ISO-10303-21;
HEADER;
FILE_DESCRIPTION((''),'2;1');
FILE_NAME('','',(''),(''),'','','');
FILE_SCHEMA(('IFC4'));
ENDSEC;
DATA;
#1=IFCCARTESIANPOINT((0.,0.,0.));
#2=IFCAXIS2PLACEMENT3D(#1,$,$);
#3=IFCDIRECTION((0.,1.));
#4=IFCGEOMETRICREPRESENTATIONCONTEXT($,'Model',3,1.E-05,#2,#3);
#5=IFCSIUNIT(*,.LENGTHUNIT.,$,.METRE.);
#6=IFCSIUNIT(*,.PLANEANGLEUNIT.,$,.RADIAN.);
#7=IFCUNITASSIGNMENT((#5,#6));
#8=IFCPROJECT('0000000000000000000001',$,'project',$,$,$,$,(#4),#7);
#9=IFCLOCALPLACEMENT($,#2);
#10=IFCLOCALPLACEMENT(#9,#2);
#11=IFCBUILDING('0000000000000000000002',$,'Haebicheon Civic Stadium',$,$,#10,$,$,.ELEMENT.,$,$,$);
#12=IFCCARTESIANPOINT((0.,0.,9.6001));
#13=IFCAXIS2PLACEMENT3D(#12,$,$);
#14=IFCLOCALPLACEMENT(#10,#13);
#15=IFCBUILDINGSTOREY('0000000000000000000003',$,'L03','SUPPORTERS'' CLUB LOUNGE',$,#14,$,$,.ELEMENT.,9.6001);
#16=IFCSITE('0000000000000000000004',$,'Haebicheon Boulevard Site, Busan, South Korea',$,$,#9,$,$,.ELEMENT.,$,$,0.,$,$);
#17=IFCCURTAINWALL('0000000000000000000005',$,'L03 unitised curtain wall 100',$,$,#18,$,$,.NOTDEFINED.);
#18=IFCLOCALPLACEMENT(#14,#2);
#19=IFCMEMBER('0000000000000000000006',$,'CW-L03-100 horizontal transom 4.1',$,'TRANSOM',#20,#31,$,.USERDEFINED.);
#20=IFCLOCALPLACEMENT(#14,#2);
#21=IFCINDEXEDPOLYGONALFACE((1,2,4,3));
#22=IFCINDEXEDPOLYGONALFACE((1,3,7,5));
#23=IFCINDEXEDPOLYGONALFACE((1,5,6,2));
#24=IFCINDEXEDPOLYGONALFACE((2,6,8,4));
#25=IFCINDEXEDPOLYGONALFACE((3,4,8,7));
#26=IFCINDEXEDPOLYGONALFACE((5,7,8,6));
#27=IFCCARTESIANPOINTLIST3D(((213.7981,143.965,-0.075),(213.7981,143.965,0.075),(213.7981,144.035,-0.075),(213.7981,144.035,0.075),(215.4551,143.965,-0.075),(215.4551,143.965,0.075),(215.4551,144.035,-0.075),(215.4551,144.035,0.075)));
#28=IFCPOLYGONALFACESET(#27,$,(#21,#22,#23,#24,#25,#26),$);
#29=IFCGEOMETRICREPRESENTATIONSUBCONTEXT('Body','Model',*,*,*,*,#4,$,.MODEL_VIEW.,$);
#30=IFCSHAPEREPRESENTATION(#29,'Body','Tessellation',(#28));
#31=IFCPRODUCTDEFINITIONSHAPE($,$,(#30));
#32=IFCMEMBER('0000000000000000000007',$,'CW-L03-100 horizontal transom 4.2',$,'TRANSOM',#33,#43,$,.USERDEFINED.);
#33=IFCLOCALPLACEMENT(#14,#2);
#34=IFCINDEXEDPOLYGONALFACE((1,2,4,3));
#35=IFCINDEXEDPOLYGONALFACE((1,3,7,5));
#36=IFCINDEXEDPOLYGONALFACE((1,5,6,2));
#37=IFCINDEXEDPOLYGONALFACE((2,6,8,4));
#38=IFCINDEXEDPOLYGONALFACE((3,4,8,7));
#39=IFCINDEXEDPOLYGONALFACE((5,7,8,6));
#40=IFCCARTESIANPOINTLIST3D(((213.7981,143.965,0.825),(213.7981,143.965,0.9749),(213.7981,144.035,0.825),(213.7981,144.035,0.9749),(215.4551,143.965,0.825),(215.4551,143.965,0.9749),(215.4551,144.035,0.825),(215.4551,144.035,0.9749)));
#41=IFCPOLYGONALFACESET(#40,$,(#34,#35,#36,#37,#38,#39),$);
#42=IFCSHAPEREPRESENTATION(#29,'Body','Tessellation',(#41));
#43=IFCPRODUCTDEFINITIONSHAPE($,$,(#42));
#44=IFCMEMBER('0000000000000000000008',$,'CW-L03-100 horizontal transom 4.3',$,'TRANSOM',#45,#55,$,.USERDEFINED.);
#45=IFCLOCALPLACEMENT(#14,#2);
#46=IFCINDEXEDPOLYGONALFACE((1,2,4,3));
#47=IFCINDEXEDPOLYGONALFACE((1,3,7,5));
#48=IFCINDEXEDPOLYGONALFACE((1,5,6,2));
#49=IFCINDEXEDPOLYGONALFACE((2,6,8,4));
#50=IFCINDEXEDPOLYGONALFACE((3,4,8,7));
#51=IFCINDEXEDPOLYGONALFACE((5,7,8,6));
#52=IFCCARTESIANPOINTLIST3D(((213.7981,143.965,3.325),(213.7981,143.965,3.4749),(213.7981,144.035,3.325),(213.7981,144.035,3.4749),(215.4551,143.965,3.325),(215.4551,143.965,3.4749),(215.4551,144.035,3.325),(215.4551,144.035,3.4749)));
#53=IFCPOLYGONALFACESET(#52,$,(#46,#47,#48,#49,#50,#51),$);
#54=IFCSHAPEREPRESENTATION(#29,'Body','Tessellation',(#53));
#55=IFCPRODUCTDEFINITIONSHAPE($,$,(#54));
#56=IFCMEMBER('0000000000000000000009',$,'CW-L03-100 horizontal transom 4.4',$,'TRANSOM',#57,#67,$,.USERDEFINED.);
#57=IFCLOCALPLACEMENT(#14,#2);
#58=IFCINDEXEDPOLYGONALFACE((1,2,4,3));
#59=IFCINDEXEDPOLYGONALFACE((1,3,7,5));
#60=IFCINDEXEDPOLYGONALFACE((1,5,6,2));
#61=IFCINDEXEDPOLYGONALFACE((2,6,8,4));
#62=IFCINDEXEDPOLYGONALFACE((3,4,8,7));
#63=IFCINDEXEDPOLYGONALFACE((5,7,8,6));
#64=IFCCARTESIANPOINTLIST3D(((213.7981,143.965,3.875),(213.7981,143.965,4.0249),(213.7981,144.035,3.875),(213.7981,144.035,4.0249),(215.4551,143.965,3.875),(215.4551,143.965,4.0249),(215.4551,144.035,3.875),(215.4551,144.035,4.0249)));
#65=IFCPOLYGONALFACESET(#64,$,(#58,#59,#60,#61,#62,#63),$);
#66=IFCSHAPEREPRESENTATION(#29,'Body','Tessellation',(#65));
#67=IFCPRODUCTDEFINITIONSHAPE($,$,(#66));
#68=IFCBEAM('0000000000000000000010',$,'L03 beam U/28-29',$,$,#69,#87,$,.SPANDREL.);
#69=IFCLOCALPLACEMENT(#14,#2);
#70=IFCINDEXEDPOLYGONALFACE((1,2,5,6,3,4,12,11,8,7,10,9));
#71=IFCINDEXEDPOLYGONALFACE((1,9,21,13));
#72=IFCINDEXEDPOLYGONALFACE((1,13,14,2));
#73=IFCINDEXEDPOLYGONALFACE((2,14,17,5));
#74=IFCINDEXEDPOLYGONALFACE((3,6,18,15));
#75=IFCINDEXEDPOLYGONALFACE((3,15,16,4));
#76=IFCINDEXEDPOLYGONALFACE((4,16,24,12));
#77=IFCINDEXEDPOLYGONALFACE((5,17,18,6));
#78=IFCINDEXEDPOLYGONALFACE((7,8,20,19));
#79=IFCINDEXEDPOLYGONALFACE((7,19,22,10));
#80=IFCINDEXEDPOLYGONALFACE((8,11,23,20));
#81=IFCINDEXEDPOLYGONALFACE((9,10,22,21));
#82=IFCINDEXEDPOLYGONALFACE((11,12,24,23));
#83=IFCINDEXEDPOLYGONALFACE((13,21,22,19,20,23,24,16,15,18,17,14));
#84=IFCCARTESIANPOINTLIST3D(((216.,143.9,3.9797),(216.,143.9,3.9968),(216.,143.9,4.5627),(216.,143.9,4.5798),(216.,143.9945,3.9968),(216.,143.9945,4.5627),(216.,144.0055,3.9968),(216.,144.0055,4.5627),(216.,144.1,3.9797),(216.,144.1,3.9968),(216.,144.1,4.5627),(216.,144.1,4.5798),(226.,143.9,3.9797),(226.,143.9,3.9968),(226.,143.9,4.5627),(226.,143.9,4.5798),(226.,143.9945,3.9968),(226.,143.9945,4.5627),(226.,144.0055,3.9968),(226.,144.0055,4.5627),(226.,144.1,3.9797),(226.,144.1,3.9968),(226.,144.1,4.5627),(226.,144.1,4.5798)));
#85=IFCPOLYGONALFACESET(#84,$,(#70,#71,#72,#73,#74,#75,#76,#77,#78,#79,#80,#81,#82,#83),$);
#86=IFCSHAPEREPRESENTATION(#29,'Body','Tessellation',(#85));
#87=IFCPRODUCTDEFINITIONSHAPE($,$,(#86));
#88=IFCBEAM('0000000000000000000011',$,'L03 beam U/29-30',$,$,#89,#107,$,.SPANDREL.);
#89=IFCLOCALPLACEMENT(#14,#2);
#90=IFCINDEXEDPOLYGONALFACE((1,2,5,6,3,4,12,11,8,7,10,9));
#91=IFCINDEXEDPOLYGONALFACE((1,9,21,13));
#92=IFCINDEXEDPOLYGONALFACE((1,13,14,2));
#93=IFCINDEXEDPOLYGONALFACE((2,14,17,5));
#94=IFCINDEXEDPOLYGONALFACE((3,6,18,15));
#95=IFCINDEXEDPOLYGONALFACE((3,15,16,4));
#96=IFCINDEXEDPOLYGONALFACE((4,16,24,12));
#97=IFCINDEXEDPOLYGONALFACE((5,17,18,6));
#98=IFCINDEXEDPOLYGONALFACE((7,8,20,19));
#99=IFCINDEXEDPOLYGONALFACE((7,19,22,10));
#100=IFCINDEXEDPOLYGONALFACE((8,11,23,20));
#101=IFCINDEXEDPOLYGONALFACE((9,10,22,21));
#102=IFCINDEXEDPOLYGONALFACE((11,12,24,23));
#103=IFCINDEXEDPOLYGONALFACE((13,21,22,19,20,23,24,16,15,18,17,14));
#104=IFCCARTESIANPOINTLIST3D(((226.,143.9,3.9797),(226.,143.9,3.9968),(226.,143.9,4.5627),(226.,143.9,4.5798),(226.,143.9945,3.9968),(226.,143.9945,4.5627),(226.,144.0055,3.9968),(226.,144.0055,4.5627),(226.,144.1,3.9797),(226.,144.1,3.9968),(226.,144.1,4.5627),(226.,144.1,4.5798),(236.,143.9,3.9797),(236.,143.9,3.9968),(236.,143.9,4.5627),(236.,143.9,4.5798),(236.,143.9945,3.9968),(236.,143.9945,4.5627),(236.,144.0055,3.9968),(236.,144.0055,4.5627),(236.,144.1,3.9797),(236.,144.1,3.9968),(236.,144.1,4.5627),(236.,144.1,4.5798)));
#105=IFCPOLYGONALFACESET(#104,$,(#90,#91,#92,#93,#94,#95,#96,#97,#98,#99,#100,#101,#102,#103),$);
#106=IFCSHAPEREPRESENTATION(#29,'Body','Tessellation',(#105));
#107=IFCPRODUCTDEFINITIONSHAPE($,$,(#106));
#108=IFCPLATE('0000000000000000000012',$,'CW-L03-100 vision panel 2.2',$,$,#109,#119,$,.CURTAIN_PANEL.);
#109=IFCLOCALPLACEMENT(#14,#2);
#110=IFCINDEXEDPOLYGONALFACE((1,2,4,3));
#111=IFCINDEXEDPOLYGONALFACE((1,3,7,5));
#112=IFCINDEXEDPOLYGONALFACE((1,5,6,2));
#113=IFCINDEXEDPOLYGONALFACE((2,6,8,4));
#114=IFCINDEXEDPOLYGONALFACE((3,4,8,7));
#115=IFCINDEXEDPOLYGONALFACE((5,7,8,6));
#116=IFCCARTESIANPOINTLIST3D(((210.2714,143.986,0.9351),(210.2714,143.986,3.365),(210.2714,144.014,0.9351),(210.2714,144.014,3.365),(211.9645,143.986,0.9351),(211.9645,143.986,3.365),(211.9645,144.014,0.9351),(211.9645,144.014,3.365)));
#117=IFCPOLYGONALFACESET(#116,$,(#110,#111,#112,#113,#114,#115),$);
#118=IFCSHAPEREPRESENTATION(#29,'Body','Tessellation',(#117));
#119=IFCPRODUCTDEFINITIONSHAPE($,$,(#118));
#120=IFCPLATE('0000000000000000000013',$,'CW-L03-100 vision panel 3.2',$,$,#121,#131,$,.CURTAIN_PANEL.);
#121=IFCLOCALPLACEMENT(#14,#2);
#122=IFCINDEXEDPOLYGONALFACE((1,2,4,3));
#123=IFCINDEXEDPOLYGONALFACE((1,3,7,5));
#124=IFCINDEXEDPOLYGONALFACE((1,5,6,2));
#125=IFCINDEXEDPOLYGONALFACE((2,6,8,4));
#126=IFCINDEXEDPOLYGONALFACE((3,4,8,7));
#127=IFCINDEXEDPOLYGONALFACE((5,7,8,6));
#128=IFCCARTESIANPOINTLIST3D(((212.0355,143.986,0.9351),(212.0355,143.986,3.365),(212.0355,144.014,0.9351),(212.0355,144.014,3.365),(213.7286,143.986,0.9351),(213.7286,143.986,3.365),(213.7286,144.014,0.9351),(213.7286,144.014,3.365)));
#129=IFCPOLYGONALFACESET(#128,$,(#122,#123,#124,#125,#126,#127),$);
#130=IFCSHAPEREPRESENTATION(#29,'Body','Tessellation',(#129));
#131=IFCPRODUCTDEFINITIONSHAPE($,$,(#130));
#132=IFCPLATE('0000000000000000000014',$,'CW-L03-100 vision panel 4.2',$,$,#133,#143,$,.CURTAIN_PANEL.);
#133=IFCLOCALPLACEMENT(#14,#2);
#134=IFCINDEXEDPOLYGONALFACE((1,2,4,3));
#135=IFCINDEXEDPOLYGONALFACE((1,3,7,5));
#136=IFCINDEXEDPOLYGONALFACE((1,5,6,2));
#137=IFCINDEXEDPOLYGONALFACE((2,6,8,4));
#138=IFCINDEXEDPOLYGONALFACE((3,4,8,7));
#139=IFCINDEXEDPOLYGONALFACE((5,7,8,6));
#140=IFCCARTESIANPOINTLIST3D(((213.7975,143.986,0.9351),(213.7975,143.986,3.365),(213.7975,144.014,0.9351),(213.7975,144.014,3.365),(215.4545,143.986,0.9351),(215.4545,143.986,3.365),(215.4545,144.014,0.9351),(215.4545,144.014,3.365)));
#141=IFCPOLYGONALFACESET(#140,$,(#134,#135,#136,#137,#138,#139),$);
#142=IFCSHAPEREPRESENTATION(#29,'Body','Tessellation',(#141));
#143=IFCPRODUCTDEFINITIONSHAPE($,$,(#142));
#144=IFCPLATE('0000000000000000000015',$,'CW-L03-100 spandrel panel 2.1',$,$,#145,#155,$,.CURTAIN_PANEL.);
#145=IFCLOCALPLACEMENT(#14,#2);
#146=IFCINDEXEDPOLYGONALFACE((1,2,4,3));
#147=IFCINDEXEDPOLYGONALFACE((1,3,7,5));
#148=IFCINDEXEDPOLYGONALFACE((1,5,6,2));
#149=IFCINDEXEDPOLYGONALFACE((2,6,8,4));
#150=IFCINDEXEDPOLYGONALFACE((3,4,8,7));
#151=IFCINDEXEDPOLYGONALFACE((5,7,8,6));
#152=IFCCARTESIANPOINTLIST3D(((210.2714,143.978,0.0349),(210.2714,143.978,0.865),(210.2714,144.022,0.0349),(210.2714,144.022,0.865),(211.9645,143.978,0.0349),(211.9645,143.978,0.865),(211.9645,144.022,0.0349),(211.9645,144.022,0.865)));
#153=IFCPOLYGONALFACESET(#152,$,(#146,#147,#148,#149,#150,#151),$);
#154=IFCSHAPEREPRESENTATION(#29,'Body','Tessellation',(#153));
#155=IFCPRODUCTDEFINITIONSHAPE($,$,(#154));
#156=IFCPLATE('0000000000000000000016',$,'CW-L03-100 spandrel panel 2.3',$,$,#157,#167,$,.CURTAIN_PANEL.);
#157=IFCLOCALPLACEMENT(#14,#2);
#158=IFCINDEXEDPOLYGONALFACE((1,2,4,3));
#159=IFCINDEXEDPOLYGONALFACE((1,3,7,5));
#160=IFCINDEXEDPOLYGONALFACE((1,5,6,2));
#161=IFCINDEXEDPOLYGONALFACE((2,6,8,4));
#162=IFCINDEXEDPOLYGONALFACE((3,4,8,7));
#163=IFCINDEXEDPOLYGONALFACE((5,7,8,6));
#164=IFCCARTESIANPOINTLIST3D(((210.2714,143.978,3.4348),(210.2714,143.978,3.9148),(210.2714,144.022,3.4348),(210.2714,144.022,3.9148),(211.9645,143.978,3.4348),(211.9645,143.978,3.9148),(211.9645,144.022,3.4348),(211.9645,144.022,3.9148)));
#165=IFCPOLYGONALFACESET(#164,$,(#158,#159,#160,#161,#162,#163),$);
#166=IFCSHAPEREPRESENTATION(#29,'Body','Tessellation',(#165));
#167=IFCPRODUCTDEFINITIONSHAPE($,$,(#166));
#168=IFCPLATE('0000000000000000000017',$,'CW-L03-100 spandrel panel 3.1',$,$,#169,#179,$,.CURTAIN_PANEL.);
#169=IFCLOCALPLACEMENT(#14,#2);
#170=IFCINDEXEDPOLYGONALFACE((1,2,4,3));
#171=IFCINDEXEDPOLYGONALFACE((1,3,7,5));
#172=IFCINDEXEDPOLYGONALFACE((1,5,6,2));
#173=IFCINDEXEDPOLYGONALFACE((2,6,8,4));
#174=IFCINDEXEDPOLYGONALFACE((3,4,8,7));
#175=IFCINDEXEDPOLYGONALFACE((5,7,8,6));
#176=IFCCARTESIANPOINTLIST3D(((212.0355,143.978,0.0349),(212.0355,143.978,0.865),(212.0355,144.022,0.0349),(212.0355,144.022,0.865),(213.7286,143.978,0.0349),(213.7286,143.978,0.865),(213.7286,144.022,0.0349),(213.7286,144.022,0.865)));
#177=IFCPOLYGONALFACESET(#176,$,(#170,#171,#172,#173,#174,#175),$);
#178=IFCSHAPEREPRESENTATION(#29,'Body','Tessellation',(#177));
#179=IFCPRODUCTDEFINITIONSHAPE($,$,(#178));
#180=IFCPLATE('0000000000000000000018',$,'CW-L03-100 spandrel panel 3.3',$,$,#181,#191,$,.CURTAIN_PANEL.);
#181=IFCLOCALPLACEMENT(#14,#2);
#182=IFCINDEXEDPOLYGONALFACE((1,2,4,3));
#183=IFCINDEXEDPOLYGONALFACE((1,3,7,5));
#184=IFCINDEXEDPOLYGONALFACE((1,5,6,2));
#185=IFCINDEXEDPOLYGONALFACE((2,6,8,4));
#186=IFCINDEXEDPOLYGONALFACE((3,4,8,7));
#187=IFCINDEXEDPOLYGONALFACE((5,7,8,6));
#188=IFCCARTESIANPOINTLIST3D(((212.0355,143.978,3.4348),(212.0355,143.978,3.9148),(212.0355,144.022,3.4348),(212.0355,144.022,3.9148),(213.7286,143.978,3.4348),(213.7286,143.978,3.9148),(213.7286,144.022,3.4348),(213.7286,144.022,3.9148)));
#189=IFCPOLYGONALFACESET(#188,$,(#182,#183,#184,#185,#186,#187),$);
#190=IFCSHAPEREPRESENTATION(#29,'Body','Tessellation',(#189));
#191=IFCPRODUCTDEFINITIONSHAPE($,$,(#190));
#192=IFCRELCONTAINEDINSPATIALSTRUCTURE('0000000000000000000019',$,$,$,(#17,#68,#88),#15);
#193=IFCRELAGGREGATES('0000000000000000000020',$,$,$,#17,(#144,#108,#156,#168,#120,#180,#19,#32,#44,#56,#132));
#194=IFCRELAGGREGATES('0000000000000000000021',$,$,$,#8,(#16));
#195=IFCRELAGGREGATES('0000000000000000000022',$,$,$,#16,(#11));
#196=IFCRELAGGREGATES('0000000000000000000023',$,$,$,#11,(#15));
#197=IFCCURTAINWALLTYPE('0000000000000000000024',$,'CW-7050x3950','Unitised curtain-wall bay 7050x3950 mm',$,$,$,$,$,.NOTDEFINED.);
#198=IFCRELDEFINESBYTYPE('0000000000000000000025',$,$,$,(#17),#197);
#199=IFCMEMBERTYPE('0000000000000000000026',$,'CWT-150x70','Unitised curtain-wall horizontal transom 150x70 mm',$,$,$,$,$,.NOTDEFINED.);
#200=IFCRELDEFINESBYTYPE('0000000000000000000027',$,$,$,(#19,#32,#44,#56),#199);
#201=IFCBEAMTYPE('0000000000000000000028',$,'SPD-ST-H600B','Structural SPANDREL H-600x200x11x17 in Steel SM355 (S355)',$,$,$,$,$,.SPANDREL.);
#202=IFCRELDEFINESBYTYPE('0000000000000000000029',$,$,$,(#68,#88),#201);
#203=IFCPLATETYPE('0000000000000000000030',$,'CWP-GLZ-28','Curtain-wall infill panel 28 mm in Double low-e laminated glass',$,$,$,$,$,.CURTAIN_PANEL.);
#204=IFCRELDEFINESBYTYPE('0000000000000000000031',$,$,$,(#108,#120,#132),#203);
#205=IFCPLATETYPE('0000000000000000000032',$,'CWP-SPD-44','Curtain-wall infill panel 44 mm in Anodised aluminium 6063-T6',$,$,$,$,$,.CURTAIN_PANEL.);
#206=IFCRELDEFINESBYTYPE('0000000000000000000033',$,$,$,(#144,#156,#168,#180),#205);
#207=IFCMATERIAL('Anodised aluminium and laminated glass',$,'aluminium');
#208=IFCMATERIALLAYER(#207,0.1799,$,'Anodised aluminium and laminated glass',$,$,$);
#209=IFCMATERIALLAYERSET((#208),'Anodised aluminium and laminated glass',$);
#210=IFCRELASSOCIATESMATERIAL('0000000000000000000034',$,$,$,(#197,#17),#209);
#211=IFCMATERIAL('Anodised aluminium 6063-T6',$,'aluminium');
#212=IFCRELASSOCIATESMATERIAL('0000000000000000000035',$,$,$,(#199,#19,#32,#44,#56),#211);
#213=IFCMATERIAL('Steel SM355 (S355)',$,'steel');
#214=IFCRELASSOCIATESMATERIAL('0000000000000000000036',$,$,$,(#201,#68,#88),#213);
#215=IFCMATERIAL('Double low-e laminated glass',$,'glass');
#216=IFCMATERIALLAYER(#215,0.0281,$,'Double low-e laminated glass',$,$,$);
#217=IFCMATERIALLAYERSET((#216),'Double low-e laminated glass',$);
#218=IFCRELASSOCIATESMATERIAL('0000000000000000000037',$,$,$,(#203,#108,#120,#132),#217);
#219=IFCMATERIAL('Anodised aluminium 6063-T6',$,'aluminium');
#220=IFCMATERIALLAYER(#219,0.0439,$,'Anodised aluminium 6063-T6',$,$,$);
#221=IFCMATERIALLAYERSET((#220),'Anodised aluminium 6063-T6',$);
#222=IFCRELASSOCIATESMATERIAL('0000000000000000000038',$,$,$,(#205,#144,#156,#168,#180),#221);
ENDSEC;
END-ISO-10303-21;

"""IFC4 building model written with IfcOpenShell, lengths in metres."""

from ifc_helpers import new_model, si_unit, direction, frame, origin, origin_2d, place, context, subcontext, project, spatial, rectangle, i_section, extrude, material, layer, layer_set, material_profile, profile_set, type_object, element, aggregate, save


model = new_model("IFC4")

# Units and contexts
model_context = context("Model", 3, precision=1e-05, world=origin(), true_north=direction((0.0, 1.0)))
body_context = subcontext(model_context, "Body", "Model", "MODEL_VIEW")
ifc_project = project(units=[si_unit("LENGTHUNIT", "METRE"), si_unit("PLANEANGLEUNIT", "RADIAN")], contexts=[model_context])

# Site, building, storey
site_placement = place(None, origin())
site = spatial("IfcSite", under=ifc_project, at=site_placement, Name="Haebicheon Boulevard Site, Busan, South Korea", CompositionType="ELEMENT", RefElevation=0.0)
building_placement = place(site_placement, origin())
building = spatial("IfcBuilding", under=site, at=building_placement, Name="Haebicheon Civic Stadium", CompositionType="ELEMENT")
storey_placement = place(building_placement, frame((0.0, 0.0, 9.6001)))
storey = spatial("IfcBuildingStorey", under=building, at=storey_placement, Name="L03", Description="SUPPORTERS' CLUB LOUNGE", CompositionType="ELEMENT", Elevation=9.6001)

# Curtain wall
ifc_material_1 = material(Name="Anodised aluminium and laminated glass", Category="aluminium")
ifc_layer_1 = layer(ifc_material_1, 0.1799, Name="Anodised aluminium and laminated glass")
ifc_layer_set_1 = layer_set([ifc_layer_1], Name="Anodised aluminium and laminated glass")
curtain_wall_type_1 = type_object("IfcCurtainWallType", Name="CW-7050x3950", Description="Unitised curtain-wall bay 7050x3950 mm", PredefinedType="NOTDEFINED", material=ifc_layer_set_1)
curtain_wall_1_placement = place(storey_placement, origin())
curtain_wall_1 = element("IfcCurtainWall", 1, at=curtain_wall_1_placement, inside=storey, type_object=curtain_wall_type_1, material=ifc_layer_set_1, Name="L03 unitised curtain wall 100", PredefinedType="NOTDEFINED")

# Members
ifc_material_2 = material(Name="Anodised aluminium 6063-T6", Category="aluminium")
ifc_material_profile_1 = material_profile(ifc_material_2, rectangle(XDim=0.0701, YDim=0.1499, at=origin_2d()), Name="ALU-TRAN-70x150")
ifc_profile_set_1 = profile_set([ifc_material_profile_1], Name="Anodised aluminium 6063-T6")
member_type_1 = type_object("IfcMemberType", Name="CWT-150x70", Description="Unitised curtain-wall horizontal transom 150x70 mm", PredefinedType="NOTDEFINED", material=ifc_profile_set_1)
member_1_placement = place(storey_placement, frame((213.7981, 144.0, 0.0), z_axis=(1.0, 0.0, 0.0), x_axis=(0.0, 1.0, 0.0)))
member_1 = element("IfcMember", 2, at=member_1_placement, type_object=member_type_1, material=ifc_profile_set_1, Name="CW-L03-100 horizontal transom 4.1", ObjectType="TRANSOM", PredefinedType="USERDEFINED", context=body_context, shape_type="SweptSolid", body=[
    extrude(rectangle(XDim=0.0701, YDim=0.1499, at=origin_2d()), origin(), (0.0, 0.0, 1.0), 1.657),
])
member_2_placement = place(storey_placement, frame((213.7981, 144.0, 0.8999), z_axis=(1.0, 0.0, 0.0), x_axis=(0.0, 1.0, 0.0)))
member_2 = element("IfcMember", 3, at=member_2_placement, type_object=member_type_1, material=ifc_profile_set_1, Name="CW-L03-100 horizontal transom 4.2", ObjectType="TRANSOM", PredefinedType="USERDEFINED", context=body_context, shape_type="SweptSolid", body=[
    extrude(rectangle(XDim=0.0701, YDim=0.1499, at=origin_2d()), origin(), (0.0, 0.0, 1.0), 1.657),
])
member_3_placement = place(storey_placement, frame((213.7981, 144.0, 3.3999), z_axis=(1.0, 0.0, 0.0), x_axis=(0.0, 1.0, 0.0)))
member_3 = element("IfcMember", 4, at=member_3_placement, type_object=member_type_1, material=ifc_profile_set_1, Name="CW-L03-100 horizontal transom 4.3", ObjectType="TRANSOM", PredefinedType="USERDEFINED", context=body_context, shape_type="SweptSolid", body=[
    extrude(rectangle(XDim=0.0701, YDim=0.1499, at=origin_2d()), origin(), (0.0, 0.0, 1.0), 1.657),
])
member_4_placement = place(storey_placement, frame((213.7981, 144.0, 3.95), z_axis=(1.0, 0.0, 0.0), x_axis=(0.0, 1.0, 0.0)))
member_4 = element("IfcMember", 5, at=member_4_placement, type_object=member_type_1, material=ifc_profile_set_1, Name="CW-L03-100 horizontal transom 4.4", ObjectType="TRANSOM", PredefinedType="USERDEFINED", context=body_context, shape_type="SweptSolid", body=[
    extrude(rectangle(XDim=0.0701, YDim=0.1499, at=origin_2d()), origin(), (0.0, 0.0, 1.0), 1.657),
])

# Beams
ifc_material_3 = material(Name="Steel SM355 (S355)", Category="steel")
ifc_material_profile_2 = material_profile(ifc_material_3, i_section(OverallWidth=0.2, OverallDepth=0.6001, WebThickness=0.011, FlangeThickness=0.0171, at=origin_2d()), Name="H-600x200x11x17")
ifc_profile_set_2 = profile_set([ifc_material_profile_2], Name="Steel SM355 (S355)")
beam_type = type_object("IfcBeamType", Name="SPD-ST-H600B", Description="Structural SPANDREL H-600x200x11x17 in Steel SM355 (S355)", PredefinedType="SPANDREL", material=ifc_profile_set_2)
for number, where, z_axis, x_axis, name in (
    (6, (216.0, 144.0, 4.2798), (1.0, 0.0, 0.0), (0.0, 1.0, 0.0), "L03 beam U/28-29"),
    (7, (226.0, 144.0, 4.2798), (1.0, 0.0, 0.0), (0.0, 1.0, 0.0), "L03 beam U/29-30"),
):
    element("IfcBeam", number, at=place(storey_placement, frame(where, z_axis=z_axis, x_axis=x_axis)), inside=storey, type_object=beam_type, material=ifc_profile_set_2, Name=name, PredefinedType="SPANDREL", context=body_context, shape_type="SweptSolid", body=[
        extrude(i_section(OverallWidth=0.2, OverallDepth=0.6001, WebThickness=0.011, FlangeThickness=0.0171, at=origin_2d()), origin(), (0.0, 0.0, 1.0), 10.0),
    ])

# Plates
ifc_material_4 = material(Name="Double low-e laminated glass", Category="glass")
ifc_layer_2 = layer(ifc_material_4, 0.0281, Name="Double low-e laminated glass")
ifc_layer_set_2 = layer_set([ifc_layer_2], Name="Double low-e laminated glass")
plate_type_1 = type_object("IfcPlateType", Name="CWP-GLZ-28", Description="Curtain-wall infill panel 28 mm in Double low-e laminated glass", PredefinedType="CURTAIN_PANEL", material=ifc_layer_set_2)
plate_1_placement = place(storey_placement, frame((211.1179, 144.0, 0.9351), z_axis=(0.0, 0.0, 1.0), x_axis=(1.0, 0.0, 0.0)))
plate_1 = element("IfcPlate", 8, at=plate_1_placement, type_object=plate_type_1, material=ifc_layer_set_2, Name="CW-L03-100 vision panel 2.2", PredefinedType="CURTAIN_PANEL", context=body_context, shape_type="SweptSolid", body=[
    extrude(rectangle(XDim=1.6931, YDim=0.0281, at=origin_2d()), origin(), (0.0, 0.0, 1.0), 2.4299),
])
plate_2_placement = place(storey_placement, frame((212.8821, 144.0, 0.9351), z_axis=(0.0, 0.0, 1.0), x_axis=(1.0, 0.0, 0.0)))
plate_2 = element("IfcPlate", 9, at=plate_2_placement, type_object=plate_type_1, material=ifc_layer_set_2, Name="CW-L03-100 vision panel 3.2", PredefinedType="CURTAIN_PANEL", context=body_context, shape_type="SweptSolid", body=[
    extrude(rectangle(XDim=1.6931, YDim=0.0281, at=origin_2d()), origin(), (0.0, 0.0, 1.0), 2.4299),
])
plate_3_placement = place(storey_placement, frame((214.626, 144.0, 0.9351), z_axis=(0.0, 0.0, 1.0), x_axis=(1.0, 0.0, 0.0)))
plate_3 = element("IfcPlate", 10, at=plate_3_placement, type_object=plate_type_1, material=ifc_layer_set_2, Name="CW-L03-100 vision panel 4.2", PredefinedType="CURTAIN_PANEL", context=body_context, shape_type="SweptSolid", body=[
    extrude(rectangle(XDim=1.657, YDim=0.0281, at=origin_2d()), origin(), (0.0, 0.0, 1.0), 2.4299),
])
ifc_material_5 = material(Name="Anodised aluminium 6063-T6", Category="aluminium")
ifc_layer_3 = layer(ifc_material_5, 0.0439, Name="Anodised aluminium 6063-T6")
ifc_layer_set_3 = layer_set([ifc_layer_3], Name="Anodised aluminium 6063-T6")
plate_type_2 = type_object("IfcPlateType", Name="CWP-SPD-44", Description="Curtain-wall infill panel 44 mm in Anodised aluminium 6063-T6", PredefinedType="CURTAIN_PANEL", material=ifc_layer_set_3)
plate_4_placement = place(storey_placement, frame((211.1179, 144.0, 0.0349), z_axis=(0.0, 0.0, 1.0), x_axis=(1.0, 0.0, 0.0)))
plate_4 = element("IfcPlate", 11, at=plate_4_placement, type_object=plate_type_2, material=ifc_layer_set_3, Name="CW-L03-100 spandrel panel 2.1", PredefinedType="CURTAIN_PANEL", context=body_context, shape_type="SweptSolid", body=[
    extrude(rectangle(XDim=1.6931, YDim=0.0439, at=origin_2d()), origin(), (0.0, 0.0, 1.0), 0.8301),
])
plate_5_placement = place(storey_placement, frame((211.1179, 144.0, 3.4348), z_axis=(0.0, 0.0, 1.0), x_axis=(1.0, 0.0, 0.0)))
plate_5 = element("IfcPlate", 12, at=plate_5_placement, type_object=plate_type_2, material=ifc_layer_set_3, Name="CW-L03-100 spandrel panel 2.3", PredefinedType="CURTAIN_PANEL", context=body_context, shape_type="SweptSolid", body=[
    extrude(rectangle(XDim=1.6931, YDim=0.0439, at=origin_2d()), origin(), (0.0, 0.0, 1.0), 0.48),
])
plate_6_placement = place(storey_placement, frame((212.8821, 144.0, 0.0349), z_axis=(0.0, 0.0, 1.0), x_axis=(1.0, 0.0, 0.0)))
plate_6 = element("IfcPlate", 13, at=plate_6_placement, type_object=plate_type_2, material=ifc_layer_set_3, Name="CW-L03-100 spandrel panel 3.1", PredefinedType="CURTAIN_PANEL", context=body_context, shape_type="SweptSolid", body=[
    extrude(rectangle(XDim=1.6931, YDim=0.0439, at=origin_2d()), origin(), (0.0, 0.0, 1.0), 0.8301),
])
plate_7_placement = place(storey_placement, frame((212.8821, 144.0, 3.4348), z_axis=(0.0, 0.0, 1.0), x_axis=(1.0, 0.0, 0.0)))
plate_7 = element("IfcPlate", 14, at=plate_7_placement, type_object=plate_type_2, material=ifc_layer_set_3, Name="CW-L03-100 spandrel panel 3.3", PredefinedType="CURTAIN_PANEL", context=body_context, shape_type="SweptSolid", body=[
    extrude(rectangle(XDim=1.6931, YDim=0.0439, at=origin_2d()), origin(), (0.0, 0.0, 1.0), 0.48),
])
aggregate(curtain_wall_1, [plate_4, plate_1, plate_5, plate_6, plate_2, plate_7, member_1, member_2, member_3, member_4, plate_3])

save(model, "model.ifc")
